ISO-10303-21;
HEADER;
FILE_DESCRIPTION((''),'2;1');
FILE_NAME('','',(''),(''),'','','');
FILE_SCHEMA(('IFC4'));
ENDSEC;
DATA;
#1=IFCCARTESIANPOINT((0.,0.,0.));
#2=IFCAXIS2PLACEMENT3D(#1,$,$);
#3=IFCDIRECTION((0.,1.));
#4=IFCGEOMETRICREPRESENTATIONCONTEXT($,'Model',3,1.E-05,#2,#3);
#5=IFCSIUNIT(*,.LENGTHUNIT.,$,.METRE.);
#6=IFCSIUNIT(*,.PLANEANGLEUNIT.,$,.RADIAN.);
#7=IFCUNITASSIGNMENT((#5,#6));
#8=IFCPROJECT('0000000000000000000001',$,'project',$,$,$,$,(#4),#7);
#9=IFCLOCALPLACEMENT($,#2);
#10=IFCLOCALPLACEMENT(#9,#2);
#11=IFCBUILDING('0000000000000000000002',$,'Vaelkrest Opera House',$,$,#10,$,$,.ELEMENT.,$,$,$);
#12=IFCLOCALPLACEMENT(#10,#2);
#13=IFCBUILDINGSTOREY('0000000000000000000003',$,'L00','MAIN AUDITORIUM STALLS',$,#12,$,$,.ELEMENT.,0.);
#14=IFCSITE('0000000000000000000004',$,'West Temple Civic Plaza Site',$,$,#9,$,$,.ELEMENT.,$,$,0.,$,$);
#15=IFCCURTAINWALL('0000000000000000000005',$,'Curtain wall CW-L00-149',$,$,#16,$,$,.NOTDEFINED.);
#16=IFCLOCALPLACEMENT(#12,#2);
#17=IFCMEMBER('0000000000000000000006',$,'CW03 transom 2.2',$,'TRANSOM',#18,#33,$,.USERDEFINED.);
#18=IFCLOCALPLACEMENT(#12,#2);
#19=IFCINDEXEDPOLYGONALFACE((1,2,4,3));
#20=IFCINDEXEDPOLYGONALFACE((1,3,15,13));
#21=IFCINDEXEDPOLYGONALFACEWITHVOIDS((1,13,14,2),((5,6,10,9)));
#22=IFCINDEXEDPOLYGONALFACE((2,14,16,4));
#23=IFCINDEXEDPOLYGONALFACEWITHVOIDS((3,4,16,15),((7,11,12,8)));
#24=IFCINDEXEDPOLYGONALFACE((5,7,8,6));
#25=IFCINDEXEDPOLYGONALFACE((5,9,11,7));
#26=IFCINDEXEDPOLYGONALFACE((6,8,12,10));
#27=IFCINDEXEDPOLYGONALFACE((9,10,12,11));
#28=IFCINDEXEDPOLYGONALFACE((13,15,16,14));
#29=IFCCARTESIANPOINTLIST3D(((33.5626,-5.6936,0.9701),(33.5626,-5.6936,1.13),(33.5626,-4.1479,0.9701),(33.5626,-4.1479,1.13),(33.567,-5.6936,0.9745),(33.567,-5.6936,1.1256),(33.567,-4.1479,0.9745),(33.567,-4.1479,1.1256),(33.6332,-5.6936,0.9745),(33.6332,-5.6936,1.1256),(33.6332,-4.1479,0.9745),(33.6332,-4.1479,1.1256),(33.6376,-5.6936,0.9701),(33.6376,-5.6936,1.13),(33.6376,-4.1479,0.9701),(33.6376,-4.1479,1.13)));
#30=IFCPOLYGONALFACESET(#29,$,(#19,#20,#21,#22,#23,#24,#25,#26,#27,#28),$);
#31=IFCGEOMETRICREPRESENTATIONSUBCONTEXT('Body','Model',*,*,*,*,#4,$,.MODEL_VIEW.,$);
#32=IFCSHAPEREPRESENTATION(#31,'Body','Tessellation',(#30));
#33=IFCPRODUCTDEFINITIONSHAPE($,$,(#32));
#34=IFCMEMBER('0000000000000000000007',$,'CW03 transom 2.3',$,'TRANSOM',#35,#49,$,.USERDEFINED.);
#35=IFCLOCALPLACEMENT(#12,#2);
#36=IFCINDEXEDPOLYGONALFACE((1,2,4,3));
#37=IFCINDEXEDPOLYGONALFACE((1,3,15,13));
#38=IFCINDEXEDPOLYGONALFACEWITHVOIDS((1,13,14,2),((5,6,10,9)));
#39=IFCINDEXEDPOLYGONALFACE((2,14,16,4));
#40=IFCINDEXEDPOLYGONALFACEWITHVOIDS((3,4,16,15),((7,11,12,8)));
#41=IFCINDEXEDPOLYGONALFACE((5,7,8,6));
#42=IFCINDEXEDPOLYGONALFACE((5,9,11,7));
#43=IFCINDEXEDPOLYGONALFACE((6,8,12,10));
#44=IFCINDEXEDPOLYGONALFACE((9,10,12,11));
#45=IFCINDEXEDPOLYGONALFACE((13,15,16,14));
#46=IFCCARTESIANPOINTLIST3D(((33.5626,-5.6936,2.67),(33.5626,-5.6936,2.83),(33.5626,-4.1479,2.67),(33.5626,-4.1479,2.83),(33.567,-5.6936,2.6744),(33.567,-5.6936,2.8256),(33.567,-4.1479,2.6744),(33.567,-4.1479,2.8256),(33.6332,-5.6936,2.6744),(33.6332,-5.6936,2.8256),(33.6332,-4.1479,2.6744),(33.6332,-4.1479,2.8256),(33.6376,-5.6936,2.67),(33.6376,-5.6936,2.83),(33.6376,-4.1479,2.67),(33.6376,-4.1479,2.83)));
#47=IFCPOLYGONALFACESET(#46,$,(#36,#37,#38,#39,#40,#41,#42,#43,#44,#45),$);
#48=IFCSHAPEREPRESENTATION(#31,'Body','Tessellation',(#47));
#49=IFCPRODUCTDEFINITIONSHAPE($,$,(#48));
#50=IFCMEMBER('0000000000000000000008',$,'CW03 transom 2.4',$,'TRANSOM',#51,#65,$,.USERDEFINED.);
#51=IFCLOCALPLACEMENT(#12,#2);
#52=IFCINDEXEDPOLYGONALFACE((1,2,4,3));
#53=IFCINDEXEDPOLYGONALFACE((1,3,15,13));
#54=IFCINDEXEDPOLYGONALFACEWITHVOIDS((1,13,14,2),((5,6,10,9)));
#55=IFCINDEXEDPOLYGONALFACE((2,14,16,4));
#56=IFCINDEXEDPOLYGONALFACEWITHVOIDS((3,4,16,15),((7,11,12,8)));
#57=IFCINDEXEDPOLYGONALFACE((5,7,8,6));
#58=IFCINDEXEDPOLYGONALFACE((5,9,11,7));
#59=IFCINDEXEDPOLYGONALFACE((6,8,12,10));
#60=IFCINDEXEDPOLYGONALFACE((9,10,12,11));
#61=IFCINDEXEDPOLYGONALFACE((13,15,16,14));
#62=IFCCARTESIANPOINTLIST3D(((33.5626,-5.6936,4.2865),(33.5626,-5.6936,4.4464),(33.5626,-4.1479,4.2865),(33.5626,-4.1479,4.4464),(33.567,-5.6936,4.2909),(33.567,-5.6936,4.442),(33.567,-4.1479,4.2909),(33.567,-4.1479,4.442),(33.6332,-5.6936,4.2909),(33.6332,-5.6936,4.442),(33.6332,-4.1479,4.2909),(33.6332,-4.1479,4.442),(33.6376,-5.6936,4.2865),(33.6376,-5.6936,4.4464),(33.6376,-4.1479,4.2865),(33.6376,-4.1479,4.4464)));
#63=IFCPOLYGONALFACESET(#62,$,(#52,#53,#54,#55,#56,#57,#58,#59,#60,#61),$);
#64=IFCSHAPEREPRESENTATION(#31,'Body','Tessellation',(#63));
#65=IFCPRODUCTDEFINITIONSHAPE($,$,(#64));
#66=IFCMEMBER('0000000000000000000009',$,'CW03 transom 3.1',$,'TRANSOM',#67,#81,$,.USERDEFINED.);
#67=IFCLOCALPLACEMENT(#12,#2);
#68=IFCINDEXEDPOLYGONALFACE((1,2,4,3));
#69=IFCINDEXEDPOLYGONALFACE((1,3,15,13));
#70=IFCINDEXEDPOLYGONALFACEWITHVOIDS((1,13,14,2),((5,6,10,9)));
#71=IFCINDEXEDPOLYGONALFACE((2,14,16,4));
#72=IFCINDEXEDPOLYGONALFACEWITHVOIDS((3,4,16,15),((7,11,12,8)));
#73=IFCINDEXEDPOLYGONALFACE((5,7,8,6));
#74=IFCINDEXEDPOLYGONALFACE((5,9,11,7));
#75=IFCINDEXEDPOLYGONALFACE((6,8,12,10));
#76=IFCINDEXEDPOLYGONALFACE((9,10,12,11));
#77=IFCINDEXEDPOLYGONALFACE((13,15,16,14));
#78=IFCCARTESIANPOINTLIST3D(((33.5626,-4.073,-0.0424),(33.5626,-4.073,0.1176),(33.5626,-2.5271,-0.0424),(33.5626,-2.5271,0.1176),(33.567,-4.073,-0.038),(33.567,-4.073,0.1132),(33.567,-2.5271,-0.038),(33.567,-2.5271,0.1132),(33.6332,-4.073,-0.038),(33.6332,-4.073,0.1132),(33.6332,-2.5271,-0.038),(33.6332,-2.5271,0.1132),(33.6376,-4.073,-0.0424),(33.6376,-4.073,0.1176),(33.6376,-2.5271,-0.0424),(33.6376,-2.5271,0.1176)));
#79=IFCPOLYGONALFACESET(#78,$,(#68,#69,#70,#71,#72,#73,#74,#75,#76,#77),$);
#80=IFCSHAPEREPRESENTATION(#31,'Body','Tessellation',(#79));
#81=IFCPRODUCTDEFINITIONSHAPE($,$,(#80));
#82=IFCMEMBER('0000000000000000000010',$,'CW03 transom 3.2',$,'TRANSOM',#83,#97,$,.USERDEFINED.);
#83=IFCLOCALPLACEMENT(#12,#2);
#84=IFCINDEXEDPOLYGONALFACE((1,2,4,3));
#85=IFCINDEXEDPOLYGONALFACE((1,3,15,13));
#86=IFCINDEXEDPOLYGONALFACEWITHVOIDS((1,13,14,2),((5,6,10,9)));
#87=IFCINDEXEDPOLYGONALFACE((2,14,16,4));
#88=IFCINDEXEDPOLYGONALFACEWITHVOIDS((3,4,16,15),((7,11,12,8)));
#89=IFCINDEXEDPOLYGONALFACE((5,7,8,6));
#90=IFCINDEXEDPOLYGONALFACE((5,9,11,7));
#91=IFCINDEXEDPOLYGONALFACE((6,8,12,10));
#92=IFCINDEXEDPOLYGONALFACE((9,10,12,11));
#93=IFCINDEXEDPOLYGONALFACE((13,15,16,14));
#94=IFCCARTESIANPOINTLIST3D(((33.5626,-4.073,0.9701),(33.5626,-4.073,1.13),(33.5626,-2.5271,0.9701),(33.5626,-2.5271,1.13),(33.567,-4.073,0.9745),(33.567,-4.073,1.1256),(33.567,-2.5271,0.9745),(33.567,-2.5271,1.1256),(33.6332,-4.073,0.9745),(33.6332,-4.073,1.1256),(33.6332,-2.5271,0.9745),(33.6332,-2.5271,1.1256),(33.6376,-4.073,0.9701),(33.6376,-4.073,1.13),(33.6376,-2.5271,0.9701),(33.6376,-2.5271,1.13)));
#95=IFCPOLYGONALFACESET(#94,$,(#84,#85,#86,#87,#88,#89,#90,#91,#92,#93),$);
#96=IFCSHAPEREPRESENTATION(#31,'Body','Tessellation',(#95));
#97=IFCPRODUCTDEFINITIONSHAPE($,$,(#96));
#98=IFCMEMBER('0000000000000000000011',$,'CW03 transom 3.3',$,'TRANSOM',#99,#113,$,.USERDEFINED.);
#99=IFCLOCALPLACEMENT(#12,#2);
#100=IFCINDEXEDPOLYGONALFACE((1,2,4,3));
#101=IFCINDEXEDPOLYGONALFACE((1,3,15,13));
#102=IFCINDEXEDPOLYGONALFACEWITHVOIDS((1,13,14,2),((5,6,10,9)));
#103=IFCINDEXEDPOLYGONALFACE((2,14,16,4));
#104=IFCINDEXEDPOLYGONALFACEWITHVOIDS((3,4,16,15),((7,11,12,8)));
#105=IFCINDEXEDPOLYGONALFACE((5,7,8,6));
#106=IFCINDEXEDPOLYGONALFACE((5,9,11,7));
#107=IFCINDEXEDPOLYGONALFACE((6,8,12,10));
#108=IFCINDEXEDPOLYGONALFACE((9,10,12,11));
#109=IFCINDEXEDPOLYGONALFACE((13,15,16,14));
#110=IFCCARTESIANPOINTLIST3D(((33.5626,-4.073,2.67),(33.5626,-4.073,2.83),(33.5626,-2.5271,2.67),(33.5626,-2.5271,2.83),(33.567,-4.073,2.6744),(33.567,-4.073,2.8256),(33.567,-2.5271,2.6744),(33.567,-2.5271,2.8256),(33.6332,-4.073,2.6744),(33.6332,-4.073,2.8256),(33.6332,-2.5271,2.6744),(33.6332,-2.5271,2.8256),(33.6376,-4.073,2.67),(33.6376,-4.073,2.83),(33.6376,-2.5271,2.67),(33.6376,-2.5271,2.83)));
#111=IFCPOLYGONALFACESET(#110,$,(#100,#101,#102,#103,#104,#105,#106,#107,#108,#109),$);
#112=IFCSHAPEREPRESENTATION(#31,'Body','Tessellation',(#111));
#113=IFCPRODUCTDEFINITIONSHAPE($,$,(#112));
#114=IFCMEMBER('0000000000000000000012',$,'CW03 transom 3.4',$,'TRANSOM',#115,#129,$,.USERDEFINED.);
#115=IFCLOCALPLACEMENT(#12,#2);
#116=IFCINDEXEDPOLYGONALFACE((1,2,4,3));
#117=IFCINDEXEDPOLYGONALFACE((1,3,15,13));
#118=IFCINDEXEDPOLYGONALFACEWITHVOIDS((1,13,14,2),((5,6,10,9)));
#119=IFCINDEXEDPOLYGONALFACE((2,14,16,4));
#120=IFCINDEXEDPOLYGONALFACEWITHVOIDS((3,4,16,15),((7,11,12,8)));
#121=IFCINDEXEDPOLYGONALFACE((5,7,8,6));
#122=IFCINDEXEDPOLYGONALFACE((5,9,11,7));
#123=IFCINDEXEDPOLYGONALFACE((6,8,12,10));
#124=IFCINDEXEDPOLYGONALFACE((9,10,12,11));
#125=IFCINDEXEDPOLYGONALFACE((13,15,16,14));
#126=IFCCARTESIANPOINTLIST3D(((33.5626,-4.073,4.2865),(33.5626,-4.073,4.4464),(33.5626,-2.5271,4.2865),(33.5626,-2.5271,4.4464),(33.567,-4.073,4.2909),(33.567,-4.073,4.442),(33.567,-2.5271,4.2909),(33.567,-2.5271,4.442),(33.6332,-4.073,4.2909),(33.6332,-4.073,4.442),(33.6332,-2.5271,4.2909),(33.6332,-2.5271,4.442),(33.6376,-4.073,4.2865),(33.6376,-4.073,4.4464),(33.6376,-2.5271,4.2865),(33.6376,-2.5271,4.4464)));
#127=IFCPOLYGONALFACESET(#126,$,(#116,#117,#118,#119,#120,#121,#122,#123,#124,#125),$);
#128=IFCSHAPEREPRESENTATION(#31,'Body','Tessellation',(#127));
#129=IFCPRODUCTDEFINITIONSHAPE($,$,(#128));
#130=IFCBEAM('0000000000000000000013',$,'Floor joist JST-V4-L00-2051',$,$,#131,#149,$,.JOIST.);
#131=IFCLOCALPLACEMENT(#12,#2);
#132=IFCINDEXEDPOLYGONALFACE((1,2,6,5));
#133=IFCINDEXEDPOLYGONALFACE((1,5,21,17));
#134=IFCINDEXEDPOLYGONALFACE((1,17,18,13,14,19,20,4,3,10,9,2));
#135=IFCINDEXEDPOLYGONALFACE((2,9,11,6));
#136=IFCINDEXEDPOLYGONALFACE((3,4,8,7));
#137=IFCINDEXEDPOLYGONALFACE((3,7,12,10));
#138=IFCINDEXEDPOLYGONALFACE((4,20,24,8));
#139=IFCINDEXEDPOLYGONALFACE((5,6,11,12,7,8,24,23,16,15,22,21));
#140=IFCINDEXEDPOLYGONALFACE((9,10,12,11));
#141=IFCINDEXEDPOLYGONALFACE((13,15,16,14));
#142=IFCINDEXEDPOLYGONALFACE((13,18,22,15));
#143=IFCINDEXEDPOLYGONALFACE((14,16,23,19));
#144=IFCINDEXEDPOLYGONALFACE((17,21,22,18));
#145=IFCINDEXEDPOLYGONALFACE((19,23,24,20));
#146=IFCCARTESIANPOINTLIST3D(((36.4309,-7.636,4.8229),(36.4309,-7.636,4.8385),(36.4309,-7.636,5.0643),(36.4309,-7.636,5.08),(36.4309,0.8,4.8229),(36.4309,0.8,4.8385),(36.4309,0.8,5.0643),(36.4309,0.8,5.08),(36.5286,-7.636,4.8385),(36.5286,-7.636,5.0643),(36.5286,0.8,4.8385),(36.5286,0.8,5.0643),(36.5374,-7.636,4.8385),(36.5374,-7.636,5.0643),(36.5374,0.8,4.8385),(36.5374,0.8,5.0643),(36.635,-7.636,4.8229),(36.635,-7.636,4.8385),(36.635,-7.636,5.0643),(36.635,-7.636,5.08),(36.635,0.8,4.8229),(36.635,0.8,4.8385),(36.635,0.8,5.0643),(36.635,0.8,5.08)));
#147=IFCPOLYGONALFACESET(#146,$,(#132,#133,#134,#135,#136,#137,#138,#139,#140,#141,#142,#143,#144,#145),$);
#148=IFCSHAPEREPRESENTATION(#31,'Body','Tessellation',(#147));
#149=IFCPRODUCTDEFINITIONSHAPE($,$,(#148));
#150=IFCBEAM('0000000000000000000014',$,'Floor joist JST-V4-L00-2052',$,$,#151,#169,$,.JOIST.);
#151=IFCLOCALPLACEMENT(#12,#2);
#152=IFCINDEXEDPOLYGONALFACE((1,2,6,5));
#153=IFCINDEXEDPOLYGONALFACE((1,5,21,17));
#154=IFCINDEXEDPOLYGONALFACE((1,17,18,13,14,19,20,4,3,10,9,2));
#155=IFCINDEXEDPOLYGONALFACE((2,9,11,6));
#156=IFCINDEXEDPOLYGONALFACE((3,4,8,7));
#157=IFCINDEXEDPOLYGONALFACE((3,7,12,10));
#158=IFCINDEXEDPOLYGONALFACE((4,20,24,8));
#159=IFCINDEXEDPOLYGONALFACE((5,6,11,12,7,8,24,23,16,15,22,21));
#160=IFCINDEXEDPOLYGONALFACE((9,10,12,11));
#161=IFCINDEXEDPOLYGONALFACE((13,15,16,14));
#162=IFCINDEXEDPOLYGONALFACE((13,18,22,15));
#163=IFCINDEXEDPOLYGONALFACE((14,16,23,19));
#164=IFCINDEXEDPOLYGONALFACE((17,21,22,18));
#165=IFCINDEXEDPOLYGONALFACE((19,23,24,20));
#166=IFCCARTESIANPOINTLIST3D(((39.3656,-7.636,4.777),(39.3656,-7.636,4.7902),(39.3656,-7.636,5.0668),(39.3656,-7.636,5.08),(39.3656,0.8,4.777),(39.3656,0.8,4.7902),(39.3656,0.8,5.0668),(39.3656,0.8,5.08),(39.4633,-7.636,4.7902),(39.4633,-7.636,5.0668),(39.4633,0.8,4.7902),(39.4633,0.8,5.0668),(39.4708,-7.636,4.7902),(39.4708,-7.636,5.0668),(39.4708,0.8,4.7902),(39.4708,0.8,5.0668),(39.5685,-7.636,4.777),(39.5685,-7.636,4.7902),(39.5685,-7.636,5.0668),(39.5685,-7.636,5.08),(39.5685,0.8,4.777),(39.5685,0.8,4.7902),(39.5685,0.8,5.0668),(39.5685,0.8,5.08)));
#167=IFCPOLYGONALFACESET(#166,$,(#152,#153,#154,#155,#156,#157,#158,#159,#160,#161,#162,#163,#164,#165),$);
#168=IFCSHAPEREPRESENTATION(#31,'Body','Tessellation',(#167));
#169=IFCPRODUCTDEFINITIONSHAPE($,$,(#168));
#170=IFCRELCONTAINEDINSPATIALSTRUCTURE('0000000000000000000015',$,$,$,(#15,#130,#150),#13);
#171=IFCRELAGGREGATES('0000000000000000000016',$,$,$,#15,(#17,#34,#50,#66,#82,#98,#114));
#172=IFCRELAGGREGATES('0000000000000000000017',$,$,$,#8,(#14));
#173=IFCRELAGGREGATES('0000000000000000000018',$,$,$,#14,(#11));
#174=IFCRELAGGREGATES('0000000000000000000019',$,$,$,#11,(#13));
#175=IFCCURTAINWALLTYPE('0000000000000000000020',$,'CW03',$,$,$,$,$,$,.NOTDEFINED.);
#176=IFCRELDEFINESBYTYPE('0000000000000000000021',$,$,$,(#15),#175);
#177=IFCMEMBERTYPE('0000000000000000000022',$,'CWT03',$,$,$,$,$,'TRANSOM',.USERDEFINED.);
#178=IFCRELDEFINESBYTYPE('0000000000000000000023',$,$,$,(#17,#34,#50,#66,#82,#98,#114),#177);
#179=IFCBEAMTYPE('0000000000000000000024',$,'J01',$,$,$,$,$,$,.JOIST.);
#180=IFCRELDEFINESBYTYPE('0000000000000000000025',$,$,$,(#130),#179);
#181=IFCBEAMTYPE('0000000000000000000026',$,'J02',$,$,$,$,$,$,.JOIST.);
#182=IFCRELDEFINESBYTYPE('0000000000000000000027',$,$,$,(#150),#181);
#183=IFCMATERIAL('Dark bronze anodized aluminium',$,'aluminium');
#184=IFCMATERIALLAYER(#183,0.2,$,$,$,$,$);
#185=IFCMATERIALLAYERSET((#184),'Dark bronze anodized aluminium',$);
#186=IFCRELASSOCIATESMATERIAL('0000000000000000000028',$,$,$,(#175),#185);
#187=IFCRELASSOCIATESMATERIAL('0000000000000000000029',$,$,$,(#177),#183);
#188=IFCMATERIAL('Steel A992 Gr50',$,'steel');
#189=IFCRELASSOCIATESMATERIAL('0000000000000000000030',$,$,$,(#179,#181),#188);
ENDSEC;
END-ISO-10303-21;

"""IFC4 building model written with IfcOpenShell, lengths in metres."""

from ifc_helpers import new_model, si_unit, direction, frame, origin, origin_2d, place, context, subcontext, project, spatial, hollow_rectangle, i_section, extrude, material, layer, layer_set, material_profile, profile_set, type_object, element, aggregate, save


model = new_model("IFC4")

# Units and contexts
model_context = context("Model", 3, precision=1e-05, world=origin(), true_north=direction((0.0, 1.0)))
body_context = subcontext(model_context, "Body", "Model", "MODEL_VIEW")
ifc_project = project(units=[si_unit("LENGTHUNIT", "METRE"), si_unit("PLANEANGLEUNIT", "RADIAN")], contexts=[model_context])

# Site, building, storey
site_placement = place(None, origin())
site = spatial("IfcSite", under=ifc_project, at=site_placement, Name="West Temple Civic Plaza Site", CompositionType="ELEMENT", RefElevation=0.0)
building_placement = place(site_placement, origin())
building = spatial("IfcBuilding", under=site, at=building_placement, Name="Vaelkrest Opera House", CompositionType="ELEMENT")
storey_placement = place(building_placement, origin())
storey = spatial("IfcBuildingStorey", under=building, at=storey_placement, Name="L00", Description="MAIN AUDITORIUM STALLS", CompositionType="ELEMENT", Elevation=0.0)

# Shared definitions
ifc_material_1 = material(Name="Steel A992 Gr50", Category="steel")

# Curtain wall, members
ifc_material_2 = material(Name="Dark bronze anodized aluminium", Category="aluminium")
ifc_layer_1 = layer(ifc_material_2, 0.2)
ifc_layer_set_1 = layer_set([ifc_layer_1], Name="Dark bronze anodized aluminium")
curtain_wall_type = type_object("IfcCurtainWallType", Name="CW03", PredefinedType="NOTDEFINED", material=ifc_layer_set_1)
curtain_wall_placement = place(storey_placement, origin())
curtain_wall = element("IfcCurtainWall", 1, at=curtain_wall_placement, inside=storey, type_object=curtain_wall_type, Name="Curtain wall CW-L00-149", PredefinedType="NOTDEFINED")
ifc_material_profile_1 = material_profile(ifc_material_2, hollow_rectangle(XDim=0.075, YDim=0.1599, WallThickness=0.0044, at=origin_2d()), Name="CWT75X160")
ifc_profile_set_1 = profile_set([ifc_material_profile_1], Name="Dark bronze anodized aluminium")
member_type_1 = type_object("IfcMemberType", Name="CWT03", ElementType="TRANSOM", PredefinedType="USERDEFINED", material=ifc_profile_set_1)
member_1_placement = place(storey_placement, frame((33.6001, -5.6936, 1.05), z_axis=(0.0, 1.0, 0.0), x_axis=(-1.0, 0.0, 0.0)))
member_1 = element("IfcMember", 2, at=member_1_placement, type_object=member_type_1, Name="CW03 transom 2.2", ObjectType="TRANSOM", PredefinedType="USERDEFINED", context=body_context, shape_type="SweptSolid", body=[
    extrude(hollow_rectangle(XDim=0.075, YDim=0.1599, WallThickness=0.0044, at=origin_2d()), origin(), (0.0, 0.0, 1.0), 1.5457),
])
member_2_placement = place(storey_placement, frame((33.6001, -5.6936, 2.75), z_axis=(0.0, 1.0, 0.0), x_axis=(-1.0, 0.0, 0.0)))
member_2 = element("IfcMember", 3, at=member_2_placement, type_object=member_type_1, Name="CW03 transom 2.3", ObjectType="TRANSOM", PredefinedType="USERDEFINED", context=body_context, shape_type="SweptSolid", body=[
    extrude(hollow_rectangle(XDim=0.075, YDim=0.1599, WallThickness=0.0044, at=origin_2d()), origin(), (0.0, 0.0, 1.0), 1.5457),
])
member_3_placement = place(storey_placement, frame((33.6001, -5.6936, 4.3665), z_axis=(0.0, 1.0, 0.0), x_axis=(-1.0, 0.0, 0.0)))
member_3 = element("IfcMember", 4, at=member_3_placement, type_object=member_type_1, Name="CW03 transom 2.4", ObjectType="TRANSOM", PredefinedType="USERDEFINED", context=body_context, shape_type="SweptSolid", body=[
    extrude(hollow_rectangle(XDim=0.075, YDim=0.1599, WallThickness=0.0044, at=origin_2d()), origin(), (0.0, 0.0, 1.0), 1.5457),
])
member_4_placement = place(storey_placement, frame((33.6001, -4.073, 0.0376), z_axis=(0.0, 1.0, 0.0), x_axis=(-1.0, 0.0, 0.0)))
member_4 = element("IfcMember", 5, at=member_4_placement, type_object=member_type_1, Name="CW03 transom 3.1", ObjectType="TRANSOM", PredefinedType="USERDEFINED", context=body_context, shape_type="SweptSolid", body=[
    extrude(hollow_rectangle(XDim=0.075, YDim=0.1599, WallThickness=0.0044, at=origin_2d()), origin(), (0.0, 0.0, 1.0), 1.5459),
])
member_5_placement = place(storey_placement, frame((33.6001, -4.073, 1.05), z_axis=(0.0, 1.0, 0.0), x_axis=(-1.0, 0.0, 0.0)))
member_5 = element("IfcMember", 6, at=member_5_placement, type_object=member_type_1, Name="CW03 transom 3.2", ObjectType="TRANSOM", PredefinedType="USERDEFINED", context=body_context, shape_type="SweptSolid", body=[
    extrude(hollow_rectangle(XDim=0.075, YDim=0.1599, WallThickness=0.0044, at=origin_2d()), origin(), (0.0, 0.0, 1.0), 1.5459),
])
member_6_placement = place(storey_placement, frame((33.6001, -4.073, 2.75), z_axis=(0.0, 1.0, 0.0), x_axis=(-1.0, 0.0, 0.0)))
member_6 = element("IfcMember", 7, at=member_6_placement, type_object=member_type_1, Name="CW03 transom 3.3", ObjectType="TRANSOM", PredefinedType="USERDEFINED", context=body_context, shape_type="SweptSolid", body=[
    extrude(hollow_rectangle(XDim=0.075, YDim=0.1599, WallThickness=0.0044, at=origin_2d()), origin(), (0.0, 0.0, 1.0), 1.5459),
])
member_7_placement = place(storey_placement, frame((33.6001, -4.073, 4.3665), z_axis=(0.0, 1.0, 0.0), x_axis=(-1.0, 0.0, 0.0)))
member_7 = element("IfcMember", 8, at=member_7_placement, type_object=member_type_1, Name="CW03 transom 3.4", ObjectType="TRANSOM", PredefinedType="USERDEFINED", context=body_context, shape_type="SweptSolid", body=[
    extrude(hollow_rectangle(XDim=0.075, YDim=0.1599, WallThickness=0.0044, at=origin_2d()), origin(), (0.0, 0.0, 1.0), 1.5459),
])

# Beams
ifc_material_profile_2 = material_profile(ifc_material_1, i_section(OverallWidth=0.2041, OverallDepth=0.2571, WebThickness=0.0088, FlangeThickness=0.0156, at=origin_2d()), Name="W10X45")
ifc_profile_set_2 = profile_set([ifc_material_profile_2], Name="Steel A992 Gr50")
beam_type_1 = type_object("IfcBeamType", Name="J01", PredefinedType="JOIST", material=ifc_profile_set_2)
beam_1_placement = place(storey_placement, frame((36.533, -7.636, 4.9514), z_axis=(0.0, 1.0, 0.0), x_axis=(-1.0, 0.0, 0.0)))
element("IfcBeam", 9, at=beam_1_placement, inside=storey, type_object=beam_type_1, Name="Floor joist JST-V4-L00-2051", PredefinedType="JOIST", context=body_context, shape_type="SweptSolid", body=[
    extrude(i_section(OverallWidth=0.2041, OverallDepth=0.2571, WebThickness=0.0088, FlangeThickness=0.0156, at=origin_2d()), origin(), (0.0, 0.0, 1.0), 8.436),
])
ifc_material_profile_3 = material_profile(ifc_material_1, i_section(OverallWidth=0.2029, OverallDepth=0.303, WebThickness=0.0076, FlangeThickness=0.0132, at=origin_2d()), Name="W12X40")
ifc_profile_set_3 = profile_set([ifc_material_profile_3], Name="Steel A992 Gr50")
beam_type_2 = type_object("IfcBeamType", Name="J02", PredefinedType="JOIST", material=ifc_profile_set_3)
beam_2_placement = place(storey_placement, frame((39.467, -7.636, 4.9285), z_axis=(0.0, 1.0, 0.0), x_axis=(-1.0, 0.0, 0.0)))
element("IfcBeam", 10, at=beam_2_placement, inside=storey, type_object=beam_type_2, Name="Floor joist JST-V4-L00-2052", PredefinedType="JOIST", context=body_context, shape_type="SweptSolid", body=[
    extrude(i_section(OverallWidth=0.2029, OverallDepth=0.303, WebThickness=0.0076, FlangeThickness=0.0132, at=origin_2d()), origin(), (0.0, 0.0, 1.0), 8.436),
])

aggregate(curtain_wall, [member_1, member_2, member_3, member_4, member_5, member_6, member_7])

save(model, "model.ifc")
